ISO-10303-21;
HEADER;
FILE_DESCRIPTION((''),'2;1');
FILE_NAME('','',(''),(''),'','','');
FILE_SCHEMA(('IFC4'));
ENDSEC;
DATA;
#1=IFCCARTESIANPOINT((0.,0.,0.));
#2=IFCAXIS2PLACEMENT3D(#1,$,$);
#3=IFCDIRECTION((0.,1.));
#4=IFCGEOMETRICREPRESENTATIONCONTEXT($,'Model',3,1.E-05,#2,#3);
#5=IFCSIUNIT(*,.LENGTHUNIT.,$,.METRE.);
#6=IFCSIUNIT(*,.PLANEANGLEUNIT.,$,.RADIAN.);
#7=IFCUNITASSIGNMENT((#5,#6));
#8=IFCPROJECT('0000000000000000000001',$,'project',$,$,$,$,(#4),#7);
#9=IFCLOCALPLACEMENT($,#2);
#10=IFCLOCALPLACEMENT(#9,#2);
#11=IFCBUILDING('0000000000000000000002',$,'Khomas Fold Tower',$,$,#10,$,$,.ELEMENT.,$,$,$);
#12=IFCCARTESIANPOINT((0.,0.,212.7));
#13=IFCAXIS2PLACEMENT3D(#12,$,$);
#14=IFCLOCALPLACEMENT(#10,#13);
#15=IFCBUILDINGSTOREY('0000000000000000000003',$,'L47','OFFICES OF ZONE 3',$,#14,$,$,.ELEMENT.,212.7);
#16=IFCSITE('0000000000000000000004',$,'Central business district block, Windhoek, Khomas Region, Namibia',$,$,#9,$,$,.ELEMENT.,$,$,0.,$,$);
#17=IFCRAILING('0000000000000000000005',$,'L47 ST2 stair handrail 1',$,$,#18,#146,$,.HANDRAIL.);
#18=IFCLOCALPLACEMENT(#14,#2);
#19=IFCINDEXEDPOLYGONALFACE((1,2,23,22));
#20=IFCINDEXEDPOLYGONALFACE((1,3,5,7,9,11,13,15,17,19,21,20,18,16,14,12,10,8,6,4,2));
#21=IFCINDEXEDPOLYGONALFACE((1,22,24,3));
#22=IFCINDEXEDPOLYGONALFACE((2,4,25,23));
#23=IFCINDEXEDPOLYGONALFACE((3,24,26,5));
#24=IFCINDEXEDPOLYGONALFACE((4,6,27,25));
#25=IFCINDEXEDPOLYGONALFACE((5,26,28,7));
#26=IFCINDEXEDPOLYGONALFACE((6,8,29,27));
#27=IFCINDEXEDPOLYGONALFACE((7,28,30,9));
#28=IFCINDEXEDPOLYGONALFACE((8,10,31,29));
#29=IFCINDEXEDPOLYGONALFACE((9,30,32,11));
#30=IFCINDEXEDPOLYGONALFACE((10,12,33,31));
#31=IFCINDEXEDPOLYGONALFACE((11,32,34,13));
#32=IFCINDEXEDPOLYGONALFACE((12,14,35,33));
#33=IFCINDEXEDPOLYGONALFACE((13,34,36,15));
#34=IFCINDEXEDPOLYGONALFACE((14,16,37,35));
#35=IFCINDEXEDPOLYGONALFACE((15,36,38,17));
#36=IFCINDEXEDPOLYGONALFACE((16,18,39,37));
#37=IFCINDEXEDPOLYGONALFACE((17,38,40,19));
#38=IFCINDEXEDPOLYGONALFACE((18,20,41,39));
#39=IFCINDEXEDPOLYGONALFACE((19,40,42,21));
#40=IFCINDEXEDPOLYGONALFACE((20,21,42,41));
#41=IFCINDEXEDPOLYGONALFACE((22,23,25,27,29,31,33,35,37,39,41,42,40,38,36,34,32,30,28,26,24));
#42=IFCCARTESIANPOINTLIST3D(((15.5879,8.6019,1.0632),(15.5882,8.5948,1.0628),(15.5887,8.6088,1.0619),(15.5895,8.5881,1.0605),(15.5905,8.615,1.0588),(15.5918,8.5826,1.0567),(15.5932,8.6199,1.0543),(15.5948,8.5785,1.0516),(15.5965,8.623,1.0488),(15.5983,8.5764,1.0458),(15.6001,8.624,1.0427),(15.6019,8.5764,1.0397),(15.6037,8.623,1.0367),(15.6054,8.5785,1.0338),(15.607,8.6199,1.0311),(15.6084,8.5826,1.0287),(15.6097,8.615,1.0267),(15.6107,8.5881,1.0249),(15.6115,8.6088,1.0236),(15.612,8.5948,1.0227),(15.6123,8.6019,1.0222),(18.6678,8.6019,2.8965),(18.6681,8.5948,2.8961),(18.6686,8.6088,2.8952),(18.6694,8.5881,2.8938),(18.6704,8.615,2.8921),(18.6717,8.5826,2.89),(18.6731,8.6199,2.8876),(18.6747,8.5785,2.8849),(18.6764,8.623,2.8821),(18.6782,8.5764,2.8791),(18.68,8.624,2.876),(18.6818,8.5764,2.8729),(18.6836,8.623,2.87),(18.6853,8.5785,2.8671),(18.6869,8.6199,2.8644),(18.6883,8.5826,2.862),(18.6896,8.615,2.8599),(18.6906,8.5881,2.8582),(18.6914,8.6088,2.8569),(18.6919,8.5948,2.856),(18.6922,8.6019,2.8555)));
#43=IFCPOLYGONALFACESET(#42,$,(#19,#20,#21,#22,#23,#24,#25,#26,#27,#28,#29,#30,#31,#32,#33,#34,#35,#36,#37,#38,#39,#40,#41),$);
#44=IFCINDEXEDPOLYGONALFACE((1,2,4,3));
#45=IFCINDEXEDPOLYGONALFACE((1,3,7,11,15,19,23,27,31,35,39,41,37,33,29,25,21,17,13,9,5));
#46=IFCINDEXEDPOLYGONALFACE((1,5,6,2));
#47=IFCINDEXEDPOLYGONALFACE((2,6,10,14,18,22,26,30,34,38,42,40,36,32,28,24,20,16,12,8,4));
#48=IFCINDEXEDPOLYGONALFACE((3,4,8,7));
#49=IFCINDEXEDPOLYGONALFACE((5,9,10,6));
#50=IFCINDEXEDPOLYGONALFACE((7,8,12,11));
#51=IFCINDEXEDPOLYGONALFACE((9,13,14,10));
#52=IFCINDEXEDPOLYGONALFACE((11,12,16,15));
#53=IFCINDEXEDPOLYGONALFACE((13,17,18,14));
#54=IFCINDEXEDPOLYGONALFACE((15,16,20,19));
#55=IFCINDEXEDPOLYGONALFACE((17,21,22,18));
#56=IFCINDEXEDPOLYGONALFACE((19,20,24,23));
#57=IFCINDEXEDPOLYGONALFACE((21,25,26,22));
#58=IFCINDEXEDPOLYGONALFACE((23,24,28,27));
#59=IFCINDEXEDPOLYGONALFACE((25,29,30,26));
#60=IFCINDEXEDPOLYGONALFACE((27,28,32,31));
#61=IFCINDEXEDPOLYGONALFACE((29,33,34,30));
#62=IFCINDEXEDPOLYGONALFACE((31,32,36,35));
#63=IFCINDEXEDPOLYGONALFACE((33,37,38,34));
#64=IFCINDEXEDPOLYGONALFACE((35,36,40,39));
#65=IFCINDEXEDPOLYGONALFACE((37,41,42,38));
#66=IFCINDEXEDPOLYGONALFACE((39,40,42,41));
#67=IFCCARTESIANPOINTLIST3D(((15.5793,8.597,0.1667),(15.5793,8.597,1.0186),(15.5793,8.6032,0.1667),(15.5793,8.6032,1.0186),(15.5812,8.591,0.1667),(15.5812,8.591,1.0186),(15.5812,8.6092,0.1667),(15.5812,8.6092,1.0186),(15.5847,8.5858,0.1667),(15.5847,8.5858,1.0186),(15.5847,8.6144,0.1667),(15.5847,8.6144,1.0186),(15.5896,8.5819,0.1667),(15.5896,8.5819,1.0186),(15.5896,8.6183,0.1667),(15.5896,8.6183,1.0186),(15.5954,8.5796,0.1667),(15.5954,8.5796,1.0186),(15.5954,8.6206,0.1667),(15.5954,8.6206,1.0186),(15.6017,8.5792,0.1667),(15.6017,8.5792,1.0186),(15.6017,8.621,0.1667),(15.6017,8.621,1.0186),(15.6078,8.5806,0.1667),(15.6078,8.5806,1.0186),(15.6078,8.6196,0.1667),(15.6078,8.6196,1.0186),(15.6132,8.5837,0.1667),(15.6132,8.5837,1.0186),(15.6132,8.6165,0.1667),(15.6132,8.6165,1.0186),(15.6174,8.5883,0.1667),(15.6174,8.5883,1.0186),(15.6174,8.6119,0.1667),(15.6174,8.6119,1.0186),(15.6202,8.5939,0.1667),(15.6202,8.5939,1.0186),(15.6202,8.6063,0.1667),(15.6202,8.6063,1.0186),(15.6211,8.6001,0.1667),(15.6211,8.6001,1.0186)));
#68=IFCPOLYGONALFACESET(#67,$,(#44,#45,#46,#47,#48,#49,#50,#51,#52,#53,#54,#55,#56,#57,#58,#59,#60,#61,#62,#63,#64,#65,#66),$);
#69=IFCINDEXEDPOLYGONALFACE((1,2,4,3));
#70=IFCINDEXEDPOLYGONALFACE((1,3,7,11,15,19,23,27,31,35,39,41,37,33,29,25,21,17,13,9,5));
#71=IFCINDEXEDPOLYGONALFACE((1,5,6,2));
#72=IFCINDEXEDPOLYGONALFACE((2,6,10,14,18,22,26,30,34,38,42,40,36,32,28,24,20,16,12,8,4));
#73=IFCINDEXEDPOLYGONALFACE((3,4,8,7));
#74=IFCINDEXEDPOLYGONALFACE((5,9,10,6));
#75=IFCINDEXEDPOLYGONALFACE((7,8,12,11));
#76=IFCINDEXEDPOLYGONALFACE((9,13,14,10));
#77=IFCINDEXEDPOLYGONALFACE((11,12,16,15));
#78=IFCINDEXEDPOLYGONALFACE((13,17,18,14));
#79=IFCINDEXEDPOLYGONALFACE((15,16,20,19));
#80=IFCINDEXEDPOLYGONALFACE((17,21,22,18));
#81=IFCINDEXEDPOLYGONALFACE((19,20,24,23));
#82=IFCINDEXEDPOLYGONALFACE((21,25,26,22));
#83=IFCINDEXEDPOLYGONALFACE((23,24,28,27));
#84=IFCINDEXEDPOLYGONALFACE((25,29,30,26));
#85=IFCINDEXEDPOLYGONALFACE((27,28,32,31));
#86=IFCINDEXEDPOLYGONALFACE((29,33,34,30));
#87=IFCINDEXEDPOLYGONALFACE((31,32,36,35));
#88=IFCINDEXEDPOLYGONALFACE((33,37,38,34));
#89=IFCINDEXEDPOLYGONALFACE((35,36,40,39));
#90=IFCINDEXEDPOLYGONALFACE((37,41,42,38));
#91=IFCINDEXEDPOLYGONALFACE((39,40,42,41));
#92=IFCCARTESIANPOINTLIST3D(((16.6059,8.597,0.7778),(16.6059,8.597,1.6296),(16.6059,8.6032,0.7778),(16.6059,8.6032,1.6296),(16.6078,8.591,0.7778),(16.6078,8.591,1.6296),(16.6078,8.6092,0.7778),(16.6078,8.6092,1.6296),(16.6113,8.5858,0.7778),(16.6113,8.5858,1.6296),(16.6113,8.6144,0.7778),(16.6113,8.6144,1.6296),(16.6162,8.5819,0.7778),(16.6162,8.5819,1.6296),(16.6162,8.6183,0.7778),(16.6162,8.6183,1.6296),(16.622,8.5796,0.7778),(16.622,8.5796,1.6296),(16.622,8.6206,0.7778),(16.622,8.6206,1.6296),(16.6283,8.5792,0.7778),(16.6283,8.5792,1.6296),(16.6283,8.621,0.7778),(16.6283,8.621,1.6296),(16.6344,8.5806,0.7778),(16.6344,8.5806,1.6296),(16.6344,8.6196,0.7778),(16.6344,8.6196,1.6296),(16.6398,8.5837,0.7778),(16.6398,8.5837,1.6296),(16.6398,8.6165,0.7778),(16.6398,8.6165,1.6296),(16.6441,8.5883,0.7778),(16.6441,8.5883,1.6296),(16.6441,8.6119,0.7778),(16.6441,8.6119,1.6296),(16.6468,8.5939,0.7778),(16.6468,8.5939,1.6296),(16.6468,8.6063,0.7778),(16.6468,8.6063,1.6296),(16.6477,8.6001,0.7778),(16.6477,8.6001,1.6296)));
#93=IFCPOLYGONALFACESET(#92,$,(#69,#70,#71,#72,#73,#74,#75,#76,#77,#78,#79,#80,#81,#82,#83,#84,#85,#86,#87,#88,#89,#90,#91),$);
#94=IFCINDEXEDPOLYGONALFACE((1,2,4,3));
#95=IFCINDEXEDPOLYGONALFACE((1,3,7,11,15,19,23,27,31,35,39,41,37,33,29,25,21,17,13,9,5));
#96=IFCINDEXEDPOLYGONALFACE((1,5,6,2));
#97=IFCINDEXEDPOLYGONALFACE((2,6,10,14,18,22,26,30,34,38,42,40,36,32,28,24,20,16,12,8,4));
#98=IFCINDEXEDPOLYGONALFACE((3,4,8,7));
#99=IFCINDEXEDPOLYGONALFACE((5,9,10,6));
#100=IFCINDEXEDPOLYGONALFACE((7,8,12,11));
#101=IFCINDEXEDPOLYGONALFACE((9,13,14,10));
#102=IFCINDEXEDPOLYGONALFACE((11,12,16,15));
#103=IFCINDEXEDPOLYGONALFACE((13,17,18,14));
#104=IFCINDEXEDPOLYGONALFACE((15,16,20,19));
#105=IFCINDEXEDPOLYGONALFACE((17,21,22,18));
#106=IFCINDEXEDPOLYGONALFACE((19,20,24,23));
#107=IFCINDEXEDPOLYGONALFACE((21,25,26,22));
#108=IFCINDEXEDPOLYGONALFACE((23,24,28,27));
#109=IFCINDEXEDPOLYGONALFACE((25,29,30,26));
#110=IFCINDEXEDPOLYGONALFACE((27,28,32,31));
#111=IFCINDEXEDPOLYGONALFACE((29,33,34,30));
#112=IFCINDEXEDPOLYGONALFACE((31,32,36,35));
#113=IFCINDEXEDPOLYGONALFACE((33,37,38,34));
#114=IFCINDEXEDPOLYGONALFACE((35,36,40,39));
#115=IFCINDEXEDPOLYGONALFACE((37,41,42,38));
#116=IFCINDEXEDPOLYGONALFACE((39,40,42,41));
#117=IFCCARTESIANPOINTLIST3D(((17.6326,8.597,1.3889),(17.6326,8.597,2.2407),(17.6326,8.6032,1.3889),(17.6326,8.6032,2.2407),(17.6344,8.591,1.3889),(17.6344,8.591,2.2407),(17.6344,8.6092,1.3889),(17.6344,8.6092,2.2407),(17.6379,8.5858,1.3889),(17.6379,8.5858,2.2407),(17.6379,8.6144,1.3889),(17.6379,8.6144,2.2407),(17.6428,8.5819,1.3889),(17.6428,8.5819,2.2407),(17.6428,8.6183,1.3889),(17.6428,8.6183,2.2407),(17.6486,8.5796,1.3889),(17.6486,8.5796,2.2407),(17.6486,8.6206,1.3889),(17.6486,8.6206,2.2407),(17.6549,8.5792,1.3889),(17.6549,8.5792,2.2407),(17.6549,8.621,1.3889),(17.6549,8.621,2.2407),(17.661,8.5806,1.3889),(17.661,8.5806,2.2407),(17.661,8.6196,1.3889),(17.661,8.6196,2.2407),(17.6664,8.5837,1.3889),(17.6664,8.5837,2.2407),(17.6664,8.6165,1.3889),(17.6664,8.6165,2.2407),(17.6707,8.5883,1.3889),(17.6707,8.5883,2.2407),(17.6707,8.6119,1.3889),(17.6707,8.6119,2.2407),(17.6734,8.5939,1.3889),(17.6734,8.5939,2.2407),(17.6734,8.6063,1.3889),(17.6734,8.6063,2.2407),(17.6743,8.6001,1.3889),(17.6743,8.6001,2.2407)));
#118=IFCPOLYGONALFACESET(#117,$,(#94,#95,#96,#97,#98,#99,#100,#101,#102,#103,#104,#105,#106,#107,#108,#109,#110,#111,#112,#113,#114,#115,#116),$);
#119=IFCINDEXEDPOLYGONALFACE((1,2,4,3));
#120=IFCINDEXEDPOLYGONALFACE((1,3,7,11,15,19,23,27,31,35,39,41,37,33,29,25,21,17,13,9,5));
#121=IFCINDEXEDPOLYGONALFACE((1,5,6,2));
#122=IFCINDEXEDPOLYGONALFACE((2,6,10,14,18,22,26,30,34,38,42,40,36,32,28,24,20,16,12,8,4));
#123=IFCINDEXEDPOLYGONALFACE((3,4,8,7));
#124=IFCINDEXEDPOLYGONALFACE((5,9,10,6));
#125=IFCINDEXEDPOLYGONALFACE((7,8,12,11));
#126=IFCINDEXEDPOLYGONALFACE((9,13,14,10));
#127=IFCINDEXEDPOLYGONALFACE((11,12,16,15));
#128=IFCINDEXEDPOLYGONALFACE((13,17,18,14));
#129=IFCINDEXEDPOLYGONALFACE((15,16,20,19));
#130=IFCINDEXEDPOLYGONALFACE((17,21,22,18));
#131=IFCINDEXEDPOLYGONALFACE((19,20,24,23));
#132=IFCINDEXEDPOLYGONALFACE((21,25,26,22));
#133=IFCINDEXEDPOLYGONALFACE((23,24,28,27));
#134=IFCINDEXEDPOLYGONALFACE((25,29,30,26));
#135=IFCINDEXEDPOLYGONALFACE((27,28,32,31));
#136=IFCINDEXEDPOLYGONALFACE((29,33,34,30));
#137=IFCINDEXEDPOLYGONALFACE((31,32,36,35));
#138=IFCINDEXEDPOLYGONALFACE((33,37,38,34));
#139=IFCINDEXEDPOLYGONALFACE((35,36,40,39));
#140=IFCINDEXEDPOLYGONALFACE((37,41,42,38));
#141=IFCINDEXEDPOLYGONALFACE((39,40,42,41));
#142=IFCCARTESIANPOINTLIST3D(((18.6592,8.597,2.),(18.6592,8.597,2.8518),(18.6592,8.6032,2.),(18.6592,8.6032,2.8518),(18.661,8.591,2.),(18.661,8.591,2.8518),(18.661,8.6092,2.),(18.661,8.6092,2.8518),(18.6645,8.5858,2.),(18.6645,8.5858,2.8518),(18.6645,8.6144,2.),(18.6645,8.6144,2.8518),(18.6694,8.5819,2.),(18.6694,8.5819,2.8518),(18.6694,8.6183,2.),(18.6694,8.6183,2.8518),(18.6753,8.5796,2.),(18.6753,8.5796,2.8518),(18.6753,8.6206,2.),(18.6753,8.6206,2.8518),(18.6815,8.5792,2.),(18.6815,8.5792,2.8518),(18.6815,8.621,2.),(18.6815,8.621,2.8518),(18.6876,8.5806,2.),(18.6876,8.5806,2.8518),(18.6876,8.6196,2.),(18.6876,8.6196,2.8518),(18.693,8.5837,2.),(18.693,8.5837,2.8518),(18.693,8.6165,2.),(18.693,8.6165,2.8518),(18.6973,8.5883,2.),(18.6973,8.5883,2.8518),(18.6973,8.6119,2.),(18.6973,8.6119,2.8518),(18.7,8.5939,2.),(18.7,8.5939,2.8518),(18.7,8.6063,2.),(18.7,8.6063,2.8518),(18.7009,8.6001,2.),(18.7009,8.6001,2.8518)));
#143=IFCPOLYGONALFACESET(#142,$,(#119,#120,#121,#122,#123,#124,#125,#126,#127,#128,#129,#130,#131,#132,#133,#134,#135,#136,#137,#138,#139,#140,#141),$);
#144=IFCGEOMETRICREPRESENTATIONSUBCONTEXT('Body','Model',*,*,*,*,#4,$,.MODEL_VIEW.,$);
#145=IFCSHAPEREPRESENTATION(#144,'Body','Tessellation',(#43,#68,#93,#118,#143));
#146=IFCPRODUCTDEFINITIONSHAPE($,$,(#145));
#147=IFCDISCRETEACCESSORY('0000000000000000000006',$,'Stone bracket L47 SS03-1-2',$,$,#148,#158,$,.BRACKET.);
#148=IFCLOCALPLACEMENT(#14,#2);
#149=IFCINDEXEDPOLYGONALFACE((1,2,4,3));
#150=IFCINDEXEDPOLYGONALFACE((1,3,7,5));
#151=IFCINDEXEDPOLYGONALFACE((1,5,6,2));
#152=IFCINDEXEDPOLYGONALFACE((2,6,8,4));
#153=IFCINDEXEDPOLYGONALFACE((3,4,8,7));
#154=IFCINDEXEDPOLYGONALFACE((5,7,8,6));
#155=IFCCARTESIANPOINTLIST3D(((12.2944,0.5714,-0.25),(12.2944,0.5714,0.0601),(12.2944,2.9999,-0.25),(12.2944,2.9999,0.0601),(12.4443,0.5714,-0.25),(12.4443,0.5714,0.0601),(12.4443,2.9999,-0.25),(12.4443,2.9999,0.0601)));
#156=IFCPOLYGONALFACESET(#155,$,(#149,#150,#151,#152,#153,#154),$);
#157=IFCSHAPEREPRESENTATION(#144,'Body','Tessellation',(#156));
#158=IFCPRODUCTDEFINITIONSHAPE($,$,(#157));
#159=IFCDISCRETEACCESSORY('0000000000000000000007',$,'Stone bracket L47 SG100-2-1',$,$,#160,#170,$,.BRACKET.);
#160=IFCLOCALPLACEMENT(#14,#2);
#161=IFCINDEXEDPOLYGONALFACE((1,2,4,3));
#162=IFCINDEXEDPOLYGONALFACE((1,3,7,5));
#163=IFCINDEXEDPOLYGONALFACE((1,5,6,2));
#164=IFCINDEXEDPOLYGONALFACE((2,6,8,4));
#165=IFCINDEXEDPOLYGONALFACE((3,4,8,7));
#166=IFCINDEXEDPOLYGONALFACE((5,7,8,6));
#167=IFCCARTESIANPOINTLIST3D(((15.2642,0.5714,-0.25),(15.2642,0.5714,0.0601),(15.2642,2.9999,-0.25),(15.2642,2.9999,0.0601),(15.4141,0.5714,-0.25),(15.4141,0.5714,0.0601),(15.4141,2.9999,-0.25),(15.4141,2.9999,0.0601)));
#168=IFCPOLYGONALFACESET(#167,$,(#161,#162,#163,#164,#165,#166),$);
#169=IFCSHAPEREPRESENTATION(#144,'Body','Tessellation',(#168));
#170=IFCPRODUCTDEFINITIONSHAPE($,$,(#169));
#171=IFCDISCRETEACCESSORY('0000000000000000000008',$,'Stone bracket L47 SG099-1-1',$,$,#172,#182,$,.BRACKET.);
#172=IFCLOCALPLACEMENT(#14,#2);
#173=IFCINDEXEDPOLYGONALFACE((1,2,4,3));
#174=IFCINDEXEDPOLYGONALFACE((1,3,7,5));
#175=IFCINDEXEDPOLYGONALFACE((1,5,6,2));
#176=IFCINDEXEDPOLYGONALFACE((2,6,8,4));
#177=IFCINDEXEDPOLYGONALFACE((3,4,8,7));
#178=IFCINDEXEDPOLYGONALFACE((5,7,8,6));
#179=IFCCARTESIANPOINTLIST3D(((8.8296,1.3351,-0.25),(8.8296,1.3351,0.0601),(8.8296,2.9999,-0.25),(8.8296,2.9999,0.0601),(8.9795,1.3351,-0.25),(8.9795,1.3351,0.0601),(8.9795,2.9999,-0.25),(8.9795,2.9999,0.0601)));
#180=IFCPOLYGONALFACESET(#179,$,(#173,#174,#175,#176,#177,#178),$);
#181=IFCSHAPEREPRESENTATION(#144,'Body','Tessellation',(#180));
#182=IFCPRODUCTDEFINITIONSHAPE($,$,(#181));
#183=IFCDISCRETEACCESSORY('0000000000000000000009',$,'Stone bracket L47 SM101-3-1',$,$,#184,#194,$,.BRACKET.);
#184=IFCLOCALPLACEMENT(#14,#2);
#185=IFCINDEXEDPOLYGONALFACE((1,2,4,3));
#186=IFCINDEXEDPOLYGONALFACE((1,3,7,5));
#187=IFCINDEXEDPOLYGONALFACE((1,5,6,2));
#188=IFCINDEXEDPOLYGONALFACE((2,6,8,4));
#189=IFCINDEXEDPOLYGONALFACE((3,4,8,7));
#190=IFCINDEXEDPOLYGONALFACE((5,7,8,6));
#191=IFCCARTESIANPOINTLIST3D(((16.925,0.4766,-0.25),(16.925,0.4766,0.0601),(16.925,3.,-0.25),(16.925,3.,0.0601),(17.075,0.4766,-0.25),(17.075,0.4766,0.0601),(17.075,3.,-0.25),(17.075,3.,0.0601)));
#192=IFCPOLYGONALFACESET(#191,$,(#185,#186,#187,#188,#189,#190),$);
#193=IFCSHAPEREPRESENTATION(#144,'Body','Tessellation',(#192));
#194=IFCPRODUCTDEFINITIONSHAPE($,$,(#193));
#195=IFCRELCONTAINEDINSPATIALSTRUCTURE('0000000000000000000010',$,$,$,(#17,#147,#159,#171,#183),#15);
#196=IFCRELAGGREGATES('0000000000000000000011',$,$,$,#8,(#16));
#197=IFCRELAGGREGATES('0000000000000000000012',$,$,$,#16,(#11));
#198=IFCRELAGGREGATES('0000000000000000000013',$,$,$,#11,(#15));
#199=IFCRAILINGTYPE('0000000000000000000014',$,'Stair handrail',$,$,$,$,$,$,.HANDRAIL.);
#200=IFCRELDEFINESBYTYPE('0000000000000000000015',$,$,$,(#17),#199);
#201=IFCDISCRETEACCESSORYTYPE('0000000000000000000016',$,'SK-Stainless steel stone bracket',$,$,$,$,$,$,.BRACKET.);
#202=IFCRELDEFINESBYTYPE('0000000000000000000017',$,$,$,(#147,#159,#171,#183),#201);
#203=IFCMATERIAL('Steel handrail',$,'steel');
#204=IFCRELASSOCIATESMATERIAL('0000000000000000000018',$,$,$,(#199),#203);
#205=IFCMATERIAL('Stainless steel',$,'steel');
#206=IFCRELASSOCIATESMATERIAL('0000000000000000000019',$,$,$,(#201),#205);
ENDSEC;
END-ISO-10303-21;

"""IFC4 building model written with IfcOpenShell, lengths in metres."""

from ifc_helpers import new_model, si_unit, direction, frame, origin, origin_2d, place, context, subcontext, project, spatial, rectangle, circle, extrude, source, transform, mapped, material, type_object, element, save


model = new_model("IFC4")

# Units and contexts
model_context = context("Model", 3, precision=1e-05, world=origin(), true_north=direction((0.0, 1.0)))
body_context = subcontext(model_context, "Body", "Model", "MODEL_VIEW")
ifc_project = project(units=[si_unit("LENGTHUNIT", "METRE"), si_unit("PLANEANGLEUNIT", "RADIAN")], contexts=[model_context])

# Site, building, storey
site_placement = place(None, origin())
site = spatial("IfcSite", under=ifc_project, at=site_placement, Name="Central business district block, Windhoek, Khomas Region, Namibia", CompositionType="ELEMENT", RefElevation=0.0)
building_placement = place(site_placement, origin())
building = spatial("IfcBuilding", under=site, at=building_placement, Name="Khomas Fold Tower", CompositionType="ELEMENT")
storey_placement = place(building_placement, frame((0.0, 0.0, 212.7)))
storey = spatial("IfcBuildingStorey", under=building, at=storey_placement, Name="L47", Description="OFFICES OF ZONE 3", CompositionType="ELEMENT", Elevation=212.7)

# Railing
ifc_material_1 = material(Name="Steel handrail", Category="steel")
railing_type = type_object("IfcRailingType", Name="Stair handrail", PredefinedType="HANDRAIL", material=ifc_material_1)
shared_shape_1 = source(origin(), body_context, "Body", "SweptSolid", [
    extrude(circle(Radius=0.0239, at=origin_2d()), frame((0.0, 0.0, 0.876), z_axis=(0.859291, 0.0, 0.511487), x_axis=(0.0, 1.0, 0.0)), (0.0, 0.0, 1.0), 3.5842),
    extrude(circle(Radius=0.021, at=origin_2d()), origin(), (0.0, 0.0, 1.0), 0.8518),
    extrude(circle(Radius=0.021, at=origin_2d()), frame((1.0266, 0.0, 0.6111)), (0.0, 0.0, 1.0), 0.8518),
    extrude(circle(Radius=0.021, at=origin_2d()), frame((2.0532, 0.0, 1.2222)), (0.0, 0.0, 1.0), 0.8518),
    extrude(circle(Radius=0.021, at=origin_2d()), frame((3.0798, 0.0, 1.8333)), (0.0, 0.0, 1.0), 0.8518),
])
railing_placement = place(storey_placement, frame((15.6001, 8.6001, 0.1667)))
element("IfcRailing", 1, at=railing_placement, inside=storey, type_object=railing_type, Name="L47 ST2 stair handrail 1", PredefinedType="HANDRAIL", context=body_context, shape_type="MappedRepresentation", body=[
    mapped(shared_shape_1, transform((0.0, 0.0, 0.0))),
])

# Discrete accessories
ifc_material_2 = material(Name="Stainless steel", Category="steel")
discrete_accessory_type = type_object("IfcDiscreteAccessoryType", Name="SK-Stainless steel stone bracket", PredefinedType="BRACKET", material=ifc_material_2)
shared_shape_2 = source(origin(), body_context, "Body", "SweptSolid", [
    extrude(rectangle(XDim=2.4285, YDim=0.1499, at=origin_2d()), origin(), (0.0, 0.0, 1.0), 0.3101),
])
for number, where, z_axis, x_axis, name in (
    (2, (12.3694, 1.7856, -0.25), (0.0, 0.0, 1.0), (0.0, -1.0, 0.0), "Stone bracket L47 SS03-1-2"),
    (3, (15.3391, 1.7856, -0.25), (0.0, 0.0, 1.0), (0.0, -1.0, 0.0), "Stone bracket L47 SG100-2-1"),
):
    element("IfcDiscreteAccessory", number, at=place(storey_placement, frame(where, z_axis=z_axis, x_axis=x_axis)), inside=storey, type_object=discrete_accessory_type, Name=name, PredefinedType="BRACKET", context=body_context, shape_type="MappedRepresentation", body=[
        mapped(shared_shape_2, transform((0.0, 0.0, 0.0))),
    ])
shared_shape_3 = source(origin(), body_context, "Body", "SweptSolid", [
    extrude(rectangle(XDim=1.6648, YDim=0.1499, at=origin_2d()), origin(), (0.0, 0.0, 1.0), 0.3101),
])
discrete_accessory_1_placement = place(storey_placement, frame((8.9045, 2.1675, -0.25), z_axis=(0.0, 0.0, 1.0), x_axis=(0.0, -1.0, 0.0)))
element("IfcDiscreteAccessory", 4, at=discrete_accessory_1_placement, inside=storey, type_object=discrete_accessory_type, Name="Stone bracket L47 SG099-1-1", PredefinedType="BRACKET", context=body_context, shape_type="MappedRepresentation", body=[
    mapped(shared_shape_3, transform((0.0, 0.0, 0.0))),
])
shared_shape_4 = source(origin(), body_context, "Body", "SweptSolid", [
    extrude(rectangle(XDim=2.5234, YDim=0.1499, at=origin_2d()), origin(), (0.0, 0.0, 1.0), 0.3101),
])
discrete_accessory_2_placement = place(storey_placement, frame((17.0, 1.7383, -0.25), z_axis=(0.0, 0.0, 1.0), x_axis=(0.0, -1.0, 0.0)))
element("IfcDiscreteAccessory", 5, at=discrete_accessory_2_placement, inside=storey, type_object=discrete_accessory_type, Name="Stone bracket L47 SM101-3-1", PredefinedType="BRACKET", context=body_context, shape_type="MappedRepresentation", body=[
    mapped(shared_shape_4, transform((0.0, 0.0, 0.0))),
])

save(model, "model.ifc")
